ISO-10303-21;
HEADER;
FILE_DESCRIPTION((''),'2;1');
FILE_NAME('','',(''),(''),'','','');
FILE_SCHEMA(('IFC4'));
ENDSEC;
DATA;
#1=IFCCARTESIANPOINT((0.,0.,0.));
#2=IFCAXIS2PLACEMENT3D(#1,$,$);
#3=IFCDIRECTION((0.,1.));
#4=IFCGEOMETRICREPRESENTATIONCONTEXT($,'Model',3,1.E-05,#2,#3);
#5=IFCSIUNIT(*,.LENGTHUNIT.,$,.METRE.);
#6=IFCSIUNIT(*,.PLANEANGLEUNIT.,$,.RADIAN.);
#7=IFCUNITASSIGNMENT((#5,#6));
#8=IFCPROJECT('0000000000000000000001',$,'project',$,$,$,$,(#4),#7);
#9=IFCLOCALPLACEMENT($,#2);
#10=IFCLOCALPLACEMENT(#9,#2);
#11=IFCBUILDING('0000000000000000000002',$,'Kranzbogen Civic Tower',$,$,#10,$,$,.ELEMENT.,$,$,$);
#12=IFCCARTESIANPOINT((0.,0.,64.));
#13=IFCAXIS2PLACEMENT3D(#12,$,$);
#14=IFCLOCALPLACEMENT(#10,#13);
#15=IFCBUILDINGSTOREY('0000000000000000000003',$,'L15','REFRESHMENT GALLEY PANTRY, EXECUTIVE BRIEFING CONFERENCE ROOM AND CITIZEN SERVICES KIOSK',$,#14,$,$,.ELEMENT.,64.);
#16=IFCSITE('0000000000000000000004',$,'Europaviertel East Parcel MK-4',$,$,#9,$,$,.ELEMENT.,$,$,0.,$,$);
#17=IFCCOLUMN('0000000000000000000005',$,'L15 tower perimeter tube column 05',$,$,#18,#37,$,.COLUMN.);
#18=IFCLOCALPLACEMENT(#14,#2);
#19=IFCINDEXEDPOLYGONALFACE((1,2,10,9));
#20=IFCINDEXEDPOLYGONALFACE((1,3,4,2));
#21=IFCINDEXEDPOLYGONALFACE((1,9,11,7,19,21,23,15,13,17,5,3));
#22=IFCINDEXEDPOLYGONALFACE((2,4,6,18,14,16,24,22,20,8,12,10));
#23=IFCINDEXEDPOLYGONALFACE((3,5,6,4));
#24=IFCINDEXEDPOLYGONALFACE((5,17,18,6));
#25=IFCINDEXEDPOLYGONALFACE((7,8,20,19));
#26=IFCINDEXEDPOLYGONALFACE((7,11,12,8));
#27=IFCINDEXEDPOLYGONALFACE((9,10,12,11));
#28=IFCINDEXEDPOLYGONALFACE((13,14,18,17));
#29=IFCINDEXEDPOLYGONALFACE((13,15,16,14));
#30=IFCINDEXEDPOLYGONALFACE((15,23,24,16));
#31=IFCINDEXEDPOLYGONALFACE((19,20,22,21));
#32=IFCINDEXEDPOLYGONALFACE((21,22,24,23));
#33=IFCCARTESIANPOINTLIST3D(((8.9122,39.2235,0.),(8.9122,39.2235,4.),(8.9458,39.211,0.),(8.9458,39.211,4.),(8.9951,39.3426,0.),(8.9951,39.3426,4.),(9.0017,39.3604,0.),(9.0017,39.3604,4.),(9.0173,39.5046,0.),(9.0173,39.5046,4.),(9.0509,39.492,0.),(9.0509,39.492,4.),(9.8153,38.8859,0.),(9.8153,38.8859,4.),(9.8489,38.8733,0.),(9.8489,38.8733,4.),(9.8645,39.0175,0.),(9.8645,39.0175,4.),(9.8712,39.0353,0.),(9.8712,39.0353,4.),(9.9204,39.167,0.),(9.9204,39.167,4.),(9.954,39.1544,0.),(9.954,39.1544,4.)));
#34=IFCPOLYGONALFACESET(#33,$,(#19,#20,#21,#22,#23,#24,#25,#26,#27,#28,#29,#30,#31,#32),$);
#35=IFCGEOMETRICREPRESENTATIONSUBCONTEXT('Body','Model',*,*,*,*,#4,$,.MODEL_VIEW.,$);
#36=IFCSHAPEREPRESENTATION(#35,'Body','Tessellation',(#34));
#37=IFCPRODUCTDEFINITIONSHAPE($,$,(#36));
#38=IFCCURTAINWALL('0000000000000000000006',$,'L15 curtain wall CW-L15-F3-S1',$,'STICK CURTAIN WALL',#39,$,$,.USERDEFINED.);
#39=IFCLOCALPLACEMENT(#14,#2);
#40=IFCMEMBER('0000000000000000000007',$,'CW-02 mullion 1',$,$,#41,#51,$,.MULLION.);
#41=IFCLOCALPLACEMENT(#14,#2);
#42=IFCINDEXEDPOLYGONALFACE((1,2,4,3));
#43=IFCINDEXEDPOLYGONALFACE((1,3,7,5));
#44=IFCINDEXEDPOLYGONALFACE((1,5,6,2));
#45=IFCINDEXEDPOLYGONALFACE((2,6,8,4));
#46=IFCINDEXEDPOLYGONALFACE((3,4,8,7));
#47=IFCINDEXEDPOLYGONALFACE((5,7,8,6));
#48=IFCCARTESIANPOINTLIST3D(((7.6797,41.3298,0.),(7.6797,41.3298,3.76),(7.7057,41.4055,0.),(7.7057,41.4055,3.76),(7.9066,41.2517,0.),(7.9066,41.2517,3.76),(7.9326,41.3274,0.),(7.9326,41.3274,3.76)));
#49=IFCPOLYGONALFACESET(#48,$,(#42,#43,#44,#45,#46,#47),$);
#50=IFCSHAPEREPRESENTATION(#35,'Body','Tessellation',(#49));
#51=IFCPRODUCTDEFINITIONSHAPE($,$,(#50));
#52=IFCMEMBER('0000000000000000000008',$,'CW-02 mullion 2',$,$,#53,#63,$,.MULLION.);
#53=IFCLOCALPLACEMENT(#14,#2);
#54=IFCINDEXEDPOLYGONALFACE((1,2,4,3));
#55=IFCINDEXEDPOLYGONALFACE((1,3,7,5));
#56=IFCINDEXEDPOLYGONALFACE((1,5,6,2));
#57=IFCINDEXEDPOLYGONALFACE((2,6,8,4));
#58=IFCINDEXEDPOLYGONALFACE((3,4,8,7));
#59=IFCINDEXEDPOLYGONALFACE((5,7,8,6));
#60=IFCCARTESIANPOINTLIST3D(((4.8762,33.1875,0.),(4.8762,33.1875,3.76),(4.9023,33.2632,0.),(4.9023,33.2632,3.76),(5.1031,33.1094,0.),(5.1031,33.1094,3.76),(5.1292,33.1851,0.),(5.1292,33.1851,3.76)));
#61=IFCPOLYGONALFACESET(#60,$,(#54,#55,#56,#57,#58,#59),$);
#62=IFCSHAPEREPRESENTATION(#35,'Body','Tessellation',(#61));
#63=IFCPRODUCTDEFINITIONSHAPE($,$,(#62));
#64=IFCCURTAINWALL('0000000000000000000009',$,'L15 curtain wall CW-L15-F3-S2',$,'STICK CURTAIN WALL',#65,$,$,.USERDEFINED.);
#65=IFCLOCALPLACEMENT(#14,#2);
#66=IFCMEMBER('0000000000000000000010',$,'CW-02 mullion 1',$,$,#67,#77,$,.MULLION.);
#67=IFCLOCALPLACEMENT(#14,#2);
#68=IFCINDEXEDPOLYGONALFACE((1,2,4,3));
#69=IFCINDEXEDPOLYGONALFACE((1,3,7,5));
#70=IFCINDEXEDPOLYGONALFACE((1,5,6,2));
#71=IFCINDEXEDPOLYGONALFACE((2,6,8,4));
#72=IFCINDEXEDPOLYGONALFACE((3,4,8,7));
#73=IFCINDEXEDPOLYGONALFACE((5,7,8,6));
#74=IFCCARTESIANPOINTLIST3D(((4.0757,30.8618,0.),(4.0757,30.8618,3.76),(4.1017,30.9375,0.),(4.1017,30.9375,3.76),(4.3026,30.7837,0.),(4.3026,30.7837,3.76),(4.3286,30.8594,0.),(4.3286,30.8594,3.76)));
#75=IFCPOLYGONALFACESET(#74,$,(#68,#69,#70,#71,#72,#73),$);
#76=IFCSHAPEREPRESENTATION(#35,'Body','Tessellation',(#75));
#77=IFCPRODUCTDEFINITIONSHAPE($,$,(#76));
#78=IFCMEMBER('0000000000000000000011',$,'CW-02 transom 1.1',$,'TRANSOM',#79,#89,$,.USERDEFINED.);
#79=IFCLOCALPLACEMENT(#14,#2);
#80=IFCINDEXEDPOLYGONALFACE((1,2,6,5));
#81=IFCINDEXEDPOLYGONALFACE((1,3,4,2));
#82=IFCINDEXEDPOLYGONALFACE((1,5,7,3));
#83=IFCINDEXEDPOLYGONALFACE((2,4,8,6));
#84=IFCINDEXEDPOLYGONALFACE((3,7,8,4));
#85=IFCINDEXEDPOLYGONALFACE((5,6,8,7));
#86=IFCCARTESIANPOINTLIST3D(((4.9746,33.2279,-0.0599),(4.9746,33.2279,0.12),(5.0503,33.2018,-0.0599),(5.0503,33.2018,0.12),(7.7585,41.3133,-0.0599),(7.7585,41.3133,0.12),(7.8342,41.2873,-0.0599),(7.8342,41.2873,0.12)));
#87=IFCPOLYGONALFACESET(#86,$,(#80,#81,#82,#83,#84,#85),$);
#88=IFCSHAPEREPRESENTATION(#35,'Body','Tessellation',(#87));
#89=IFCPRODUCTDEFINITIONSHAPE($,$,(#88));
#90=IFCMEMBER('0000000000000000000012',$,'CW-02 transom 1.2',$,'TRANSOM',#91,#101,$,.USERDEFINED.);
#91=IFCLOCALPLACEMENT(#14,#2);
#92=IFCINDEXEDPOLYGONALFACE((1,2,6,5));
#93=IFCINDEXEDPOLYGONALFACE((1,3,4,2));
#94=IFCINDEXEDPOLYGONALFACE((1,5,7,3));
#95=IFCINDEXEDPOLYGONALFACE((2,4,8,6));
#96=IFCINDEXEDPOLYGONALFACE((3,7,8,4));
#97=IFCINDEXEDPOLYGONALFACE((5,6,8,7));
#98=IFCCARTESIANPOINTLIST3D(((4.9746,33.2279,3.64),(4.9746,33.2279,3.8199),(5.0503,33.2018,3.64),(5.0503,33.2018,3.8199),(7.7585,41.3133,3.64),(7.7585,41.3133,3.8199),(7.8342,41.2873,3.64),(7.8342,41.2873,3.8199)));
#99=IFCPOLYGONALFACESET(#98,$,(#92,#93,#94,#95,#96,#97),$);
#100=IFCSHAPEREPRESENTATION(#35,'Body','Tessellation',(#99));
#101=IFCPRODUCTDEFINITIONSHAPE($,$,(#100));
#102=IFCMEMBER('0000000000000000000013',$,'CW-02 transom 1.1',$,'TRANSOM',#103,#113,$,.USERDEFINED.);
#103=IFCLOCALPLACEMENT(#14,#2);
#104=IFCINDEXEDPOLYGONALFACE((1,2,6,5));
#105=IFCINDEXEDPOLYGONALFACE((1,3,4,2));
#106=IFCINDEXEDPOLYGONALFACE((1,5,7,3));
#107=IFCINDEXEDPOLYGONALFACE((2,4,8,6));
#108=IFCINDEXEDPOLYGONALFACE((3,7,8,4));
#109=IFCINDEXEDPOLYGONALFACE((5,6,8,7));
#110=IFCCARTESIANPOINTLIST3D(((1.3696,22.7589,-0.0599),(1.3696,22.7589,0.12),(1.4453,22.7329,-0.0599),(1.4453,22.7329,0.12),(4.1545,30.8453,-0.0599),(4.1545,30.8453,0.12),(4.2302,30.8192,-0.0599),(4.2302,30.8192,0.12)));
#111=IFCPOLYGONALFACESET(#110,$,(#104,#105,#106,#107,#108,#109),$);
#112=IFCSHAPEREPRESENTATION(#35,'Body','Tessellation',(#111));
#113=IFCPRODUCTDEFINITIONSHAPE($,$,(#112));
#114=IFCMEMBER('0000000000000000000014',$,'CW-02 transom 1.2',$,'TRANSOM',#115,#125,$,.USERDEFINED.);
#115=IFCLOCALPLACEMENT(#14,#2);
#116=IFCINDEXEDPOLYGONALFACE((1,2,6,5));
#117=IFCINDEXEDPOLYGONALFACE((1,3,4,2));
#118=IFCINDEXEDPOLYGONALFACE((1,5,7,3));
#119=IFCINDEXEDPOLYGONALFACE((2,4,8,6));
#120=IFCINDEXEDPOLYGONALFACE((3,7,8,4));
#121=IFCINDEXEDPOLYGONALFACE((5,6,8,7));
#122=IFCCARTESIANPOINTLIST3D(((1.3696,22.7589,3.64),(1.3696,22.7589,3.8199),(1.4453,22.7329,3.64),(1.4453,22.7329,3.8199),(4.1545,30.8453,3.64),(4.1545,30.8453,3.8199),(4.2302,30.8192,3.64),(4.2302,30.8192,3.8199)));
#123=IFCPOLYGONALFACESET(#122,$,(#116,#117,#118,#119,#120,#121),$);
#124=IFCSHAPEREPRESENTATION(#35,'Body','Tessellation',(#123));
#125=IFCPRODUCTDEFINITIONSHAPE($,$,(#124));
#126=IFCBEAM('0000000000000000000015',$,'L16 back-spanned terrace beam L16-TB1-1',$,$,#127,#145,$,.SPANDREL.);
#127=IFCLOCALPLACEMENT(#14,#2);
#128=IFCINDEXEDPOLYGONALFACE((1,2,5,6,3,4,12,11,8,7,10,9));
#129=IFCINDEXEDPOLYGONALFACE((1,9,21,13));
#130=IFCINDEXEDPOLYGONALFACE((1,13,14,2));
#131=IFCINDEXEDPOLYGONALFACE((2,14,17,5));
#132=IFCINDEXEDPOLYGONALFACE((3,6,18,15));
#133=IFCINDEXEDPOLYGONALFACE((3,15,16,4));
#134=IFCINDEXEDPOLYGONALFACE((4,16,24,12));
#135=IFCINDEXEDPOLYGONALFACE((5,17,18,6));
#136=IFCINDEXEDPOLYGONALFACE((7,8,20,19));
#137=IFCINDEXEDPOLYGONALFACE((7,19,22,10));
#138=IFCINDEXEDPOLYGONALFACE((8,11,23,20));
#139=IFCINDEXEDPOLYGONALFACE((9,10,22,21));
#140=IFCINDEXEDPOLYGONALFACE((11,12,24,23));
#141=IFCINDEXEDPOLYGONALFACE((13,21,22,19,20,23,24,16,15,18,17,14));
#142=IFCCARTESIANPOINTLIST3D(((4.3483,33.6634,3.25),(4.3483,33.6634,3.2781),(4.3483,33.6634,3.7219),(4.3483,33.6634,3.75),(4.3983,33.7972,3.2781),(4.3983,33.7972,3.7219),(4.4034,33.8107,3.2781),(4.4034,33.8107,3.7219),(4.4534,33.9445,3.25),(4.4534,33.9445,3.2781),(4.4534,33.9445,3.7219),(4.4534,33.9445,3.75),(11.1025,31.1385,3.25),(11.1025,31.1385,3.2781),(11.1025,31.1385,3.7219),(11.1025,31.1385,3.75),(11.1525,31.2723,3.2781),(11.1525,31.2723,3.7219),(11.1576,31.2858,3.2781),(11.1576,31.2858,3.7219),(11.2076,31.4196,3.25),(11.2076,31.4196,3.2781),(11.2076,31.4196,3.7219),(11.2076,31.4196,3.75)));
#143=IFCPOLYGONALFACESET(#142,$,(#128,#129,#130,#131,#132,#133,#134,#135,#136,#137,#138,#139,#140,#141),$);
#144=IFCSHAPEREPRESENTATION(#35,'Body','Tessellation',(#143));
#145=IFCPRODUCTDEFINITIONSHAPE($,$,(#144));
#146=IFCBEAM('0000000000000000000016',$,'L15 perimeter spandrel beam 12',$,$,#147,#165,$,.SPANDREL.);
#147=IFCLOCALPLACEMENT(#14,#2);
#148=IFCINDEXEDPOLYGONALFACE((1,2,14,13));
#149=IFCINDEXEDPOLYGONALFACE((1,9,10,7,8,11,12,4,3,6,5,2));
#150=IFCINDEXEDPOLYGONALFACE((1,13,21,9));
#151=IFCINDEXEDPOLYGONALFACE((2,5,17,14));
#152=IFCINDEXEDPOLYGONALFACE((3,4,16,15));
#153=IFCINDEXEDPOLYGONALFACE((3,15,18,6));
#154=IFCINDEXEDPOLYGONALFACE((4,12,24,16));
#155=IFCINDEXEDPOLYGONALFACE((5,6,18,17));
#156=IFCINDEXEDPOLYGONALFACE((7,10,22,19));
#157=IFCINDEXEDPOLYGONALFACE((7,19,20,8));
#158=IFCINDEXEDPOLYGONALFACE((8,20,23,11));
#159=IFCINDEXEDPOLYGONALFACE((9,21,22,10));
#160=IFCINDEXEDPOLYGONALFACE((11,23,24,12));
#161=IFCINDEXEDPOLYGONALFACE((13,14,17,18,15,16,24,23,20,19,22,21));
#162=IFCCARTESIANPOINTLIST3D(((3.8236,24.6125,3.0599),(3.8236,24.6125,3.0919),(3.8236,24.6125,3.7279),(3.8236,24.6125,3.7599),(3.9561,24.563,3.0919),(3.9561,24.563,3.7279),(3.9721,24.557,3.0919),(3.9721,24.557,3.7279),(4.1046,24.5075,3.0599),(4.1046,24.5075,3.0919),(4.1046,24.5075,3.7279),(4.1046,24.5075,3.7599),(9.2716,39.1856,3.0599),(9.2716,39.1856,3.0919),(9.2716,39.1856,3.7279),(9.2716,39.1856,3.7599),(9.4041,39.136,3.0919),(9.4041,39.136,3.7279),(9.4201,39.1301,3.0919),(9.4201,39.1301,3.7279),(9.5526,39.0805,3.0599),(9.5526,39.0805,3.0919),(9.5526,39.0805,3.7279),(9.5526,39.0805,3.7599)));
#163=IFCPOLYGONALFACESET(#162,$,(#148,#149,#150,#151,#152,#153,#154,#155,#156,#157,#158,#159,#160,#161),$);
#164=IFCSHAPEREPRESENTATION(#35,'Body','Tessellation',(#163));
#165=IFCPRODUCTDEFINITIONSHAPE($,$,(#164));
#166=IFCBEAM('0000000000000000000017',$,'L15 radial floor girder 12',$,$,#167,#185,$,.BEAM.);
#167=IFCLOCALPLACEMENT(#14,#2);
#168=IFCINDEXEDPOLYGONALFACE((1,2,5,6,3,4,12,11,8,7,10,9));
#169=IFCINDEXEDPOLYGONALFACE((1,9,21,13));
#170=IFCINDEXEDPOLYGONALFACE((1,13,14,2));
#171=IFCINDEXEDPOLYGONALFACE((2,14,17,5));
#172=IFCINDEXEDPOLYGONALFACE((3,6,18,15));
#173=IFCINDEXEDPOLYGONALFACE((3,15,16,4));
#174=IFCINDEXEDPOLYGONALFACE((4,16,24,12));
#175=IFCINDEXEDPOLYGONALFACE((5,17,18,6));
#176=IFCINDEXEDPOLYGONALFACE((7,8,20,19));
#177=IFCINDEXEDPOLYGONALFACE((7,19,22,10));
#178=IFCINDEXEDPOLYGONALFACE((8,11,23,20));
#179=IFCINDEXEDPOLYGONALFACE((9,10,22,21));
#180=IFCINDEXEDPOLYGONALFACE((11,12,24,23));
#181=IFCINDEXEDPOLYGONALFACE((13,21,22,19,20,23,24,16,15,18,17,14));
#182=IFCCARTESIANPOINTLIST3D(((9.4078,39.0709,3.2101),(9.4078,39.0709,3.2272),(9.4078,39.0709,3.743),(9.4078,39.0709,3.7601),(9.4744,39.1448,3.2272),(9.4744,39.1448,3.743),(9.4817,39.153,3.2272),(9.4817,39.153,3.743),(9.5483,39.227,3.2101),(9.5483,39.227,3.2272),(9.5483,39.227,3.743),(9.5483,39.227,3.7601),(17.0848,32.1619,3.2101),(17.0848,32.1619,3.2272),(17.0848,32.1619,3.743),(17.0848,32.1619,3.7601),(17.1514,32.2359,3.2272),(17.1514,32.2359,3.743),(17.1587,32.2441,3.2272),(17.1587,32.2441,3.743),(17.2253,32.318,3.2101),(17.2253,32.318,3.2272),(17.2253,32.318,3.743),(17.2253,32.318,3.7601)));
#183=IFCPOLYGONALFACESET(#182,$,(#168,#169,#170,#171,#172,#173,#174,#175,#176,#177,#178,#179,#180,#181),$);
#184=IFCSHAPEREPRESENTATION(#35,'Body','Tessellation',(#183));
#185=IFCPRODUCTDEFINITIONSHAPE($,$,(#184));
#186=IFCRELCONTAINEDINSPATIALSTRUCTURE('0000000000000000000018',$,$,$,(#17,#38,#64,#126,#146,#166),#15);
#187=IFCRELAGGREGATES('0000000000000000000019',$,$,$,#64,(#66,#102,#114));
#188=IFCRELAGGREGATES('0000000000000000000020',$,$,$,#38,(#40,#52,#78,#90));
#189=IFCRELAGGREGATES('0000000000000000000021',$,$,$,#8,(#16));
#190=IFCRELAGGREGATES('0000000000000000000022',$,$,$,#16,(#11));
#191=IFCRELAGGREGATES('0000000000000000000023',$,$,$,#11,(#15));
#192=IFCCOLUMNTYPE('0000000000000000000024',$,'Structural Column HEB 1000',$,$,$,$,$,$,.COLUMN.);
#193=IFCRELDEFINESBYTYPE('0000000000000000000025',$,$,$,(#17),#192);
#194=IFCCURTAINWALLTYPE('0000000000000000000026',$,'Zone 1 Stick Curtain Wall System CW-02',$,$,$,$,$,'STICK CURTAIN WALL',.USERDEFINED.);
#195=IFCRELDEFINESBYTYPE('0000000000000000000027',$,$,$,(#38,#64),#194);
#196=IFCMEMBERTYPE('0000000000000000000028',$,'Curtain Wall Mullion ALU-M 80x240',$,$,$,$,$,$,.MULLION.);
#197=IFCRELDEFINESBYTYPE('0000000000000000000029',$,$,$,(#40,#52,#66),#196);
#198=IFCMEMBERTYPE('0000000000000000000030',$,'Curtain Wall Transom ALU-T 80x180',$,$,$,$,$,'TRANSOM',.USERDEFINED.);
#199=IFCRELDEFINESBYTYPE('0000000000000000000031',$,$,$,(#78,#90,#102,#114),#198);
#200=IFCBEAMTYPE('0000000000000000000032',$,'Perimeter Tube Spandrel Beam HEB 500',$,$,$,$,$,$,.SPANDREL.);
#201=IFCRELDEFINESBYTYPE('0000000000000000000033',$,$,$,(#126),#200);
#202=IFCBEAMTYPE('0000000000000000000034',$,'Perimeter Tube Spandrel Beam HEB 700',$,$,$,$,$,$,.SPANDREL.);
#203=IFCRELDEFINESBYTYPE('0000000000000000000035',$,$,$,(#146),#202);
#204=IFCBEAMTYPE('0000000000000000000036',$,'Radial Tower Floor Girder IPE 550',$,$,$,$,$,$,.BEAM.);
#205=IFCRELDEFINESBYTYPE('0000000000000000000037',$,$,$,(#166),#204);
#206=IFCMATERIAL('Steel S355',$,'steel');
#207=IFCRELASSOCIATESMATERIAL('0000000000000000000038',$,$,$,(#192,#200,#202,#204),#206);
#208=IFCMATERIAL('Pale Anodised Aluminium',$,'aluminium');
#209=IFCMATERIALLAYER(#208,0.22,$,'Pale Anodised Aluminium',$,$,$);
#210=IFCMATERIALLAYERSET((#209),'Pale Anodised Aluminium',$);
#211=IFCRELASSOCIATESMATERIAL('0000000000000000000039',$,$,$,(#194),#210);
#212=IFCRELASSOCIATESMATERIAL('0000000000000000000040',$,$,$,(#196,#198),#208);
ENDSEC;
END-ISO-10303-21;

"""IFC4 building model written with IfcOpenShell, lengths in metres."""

from ifc_helpers import new_model, si_unit, direction, frame, origin, origin_2d, place, context, subcontext, project, spatial, rectangle, i_section, extrude, material, layer, layer_set, material_profile, profile_set, type_object, element, aggregate, save


model = new_model("IFC4")

# Units and contexts
model_context = context("Model", 3, precision=1e-05, world=origin(), true_north=direction((0.0, 1.0)))
body_context = subcontext(model_context, "Body", "Model", "MODEL_VIEW")
ifc_project = project(units=[si_unit("LENGTHUNIT", "METRE"), si_unit("PLANEANGLEUNIT", "RADIAN")], contexts=[model_context])

# Site, building, storey
site_placement = place(None, origin())
site = spatial("IfcSite", under=ifc_project, at=site_placement, Name="Europaviertel East Parcel MK-4", CompositionType="ELEMENT", RefElevation=0.0)
building_placement = place(site_placement, origin())
building = spatial("IfcBuilding", under=site, at=building_placement, Name="Kranzbogen Civic Tower", CompositionType="ELEMENT")
storey_placement = place(building_placement, frame((0.0, 0.0, 64.0)))
storey = spatial("IfcBuildingStorey", under=building, at=storey_placement, Name="L15", Description="REFRESHMENT GALLEY PANTRY, EXECUTIVE BRIEFING CONFERENCE ROOM AND CITIZEN SERVICES KIOSK", CompositionType="ELEMENT", Elevation=64.0)

# Column
ifc_material_1 = material(Name="Steel S355", Category="steel")
ifc_material_profile_1 = material_profile(ifc_material_1, i_section(OverallWidth=0.3, OverallDepth=1.0, WebThickness=0.019, FlangeThickness=0.0359, at=origin_2d()), Name="HEB 1000")
ifc_profile_set_1 = profile_set([ifc_material_profile_1], Name="Steel S355")
column_type = type_object("IfcColumnType", Name="Structural Column HEB 1000", PredefinedType="COLUMN", material=ifc_profile_set_1)
column_placement = place(storey_placement, frame((9.4331, 39.189, 0.0), z_axis=(0.0, 0.0, 1.0), x_axis=(0.350207, 0.936672, 0.0)))
element("IfcColumn", 1, at=column_placement, inside=storey, type_object=column_type, Name="L15 tower perimeter tube column 05", PredefinedType="COLUMN", context=body_context, shape_type="SweptSolid", body=[
    extrude(i_section(OverallWidth=0.3, OverallDepth=1.0, WebThickness=0.019, FlangeThickness=0.0359, at=origin_2d()), origin(), (0.0, 0.0, 1.0), 4.0),
])

# Curtain wall, members
ifc_material_2 = material(Name="Pale Anodised Aluminium", Category="aluminium")
ifc_layer_1 = layer(ifc_material_2, 0.22, Name="Pale Anodised Aluminium")
ifc_layer_set_1 = layer_set([ifc_layer_1], Name="Pale Anodised Aluminium")
curtain_wall_type = type_object("IfcCurtainWallType", Name="Zone 1 Stick Curtain Wall System CW-02", ElementType="STICK CURTAIN WALL", PredefinedType="USERDEFINED", material=ifc_layer_set_1)
curtain_wall_1_placement = place(storey_placement, origin())
curtain_wall_1 = element("IfcCurtainWall", 2, at=curtain_wall_1_placement, inside=storey, type_object=curtain_wall_type, Name="L15 curtain wall CW-L15-F3-S1", ObjectType="STICK CURTAIN WALL", PredefinedType="USERDEFINED")
ifc_material_profile_2 = material_profile(ifc_material_2, rectangle(XDim=0.0801, YDim=0.24, at=origin_2d()), Name="ALU-M 80x240")
ifc_profile_set_2 = profile_set([ifc_material_profile_2], Name="Pale Anodised Aluminium")
member_type_1 = type_object("IfcMemberType", Name="Curtain Wall Mullion ALU-M 80x240", PredefinedType="MULLION", material=ifc_profile_set_2)
member_1_placement = place(storey_placement, frame((7.8062, 41.3286, 0.0), z_axis=(0.0, 0.0, 1.0), x_axis=(-0.325554, -0.945524, 0.0)))
member_1 = element("IfcMember", 3, at=member_1_placement, type_object=member_type_1, Name="CW-02 mullion 1", PredefinedType="MULLION", context=body_context, shape_type="SweptSolid", body=[
    extrude(rectangle(XDim=0.0801, YDim=0.24, at=origin_2d()), origin(), (0.0, 0.0, 1.0), 3.76),
])
member_2_placement = place(storey_placement, frame((5.0027, 33.1863, 0.0), z_axis=(0.0, 0.0, 1.0), x_axis=(-0.325554, -0.945524, 0.0)))
member_2 = element("IfcMember", 4, at=member_2_placement, type_object=member_type_1, Name="CW-02 mullion 2", PredefinedType="MULLION", context=body_context, shape_type="SweptSolid", body=[
    extrude(rectangle(XDim=0.0801, YDim=0.24, at=origin_2d()), origin(), (0.0, 0.0, 1.0), 3.76),
])

# Curtain wall, member
curtain_wall_2_placement = place(storey_placement, origin())
curtain_wall_2 = element("IfcCurtainWall", 5, at=curtain_wall_2_placement, inside=storey, type_object=curtain_wall_type, Name="L15 curtain wall CW-L15-F3-S2", ObjectType="STICK CURTAIN WALL", PredefinedType="USERDEFINED")
member_3_placement = place(storey_placement, frame((4.2021, 30.8606, 0.0), z_axis=(0.0, 0.0, 1.0), x_axis=(-0.325621, -0.9455, 0.0)))
member_3 = element("IfcMember", 6, at=member_3_placement, type_object=member_type_1, Name="CW-02 mullion 1", PredefinedType="MULLION", context=body_context, shape_type="SweptSolid", body=[
    extrude(rectangle(XDim=0.0801, YDim=0.24, at=origin_2d()), origin(), (0.0, 0.0, 1.0), 3.76),
])

# Members
ifc_material_profile_3 = material_profile(ifc_material_2, rectangle(XDim=0.0801, YDim=0.1799, at=origin_2d()), Name="ALU-T 80x180")
ifc_profile_set_3 = profile_set([ifc_material_profile_3], Name="Pale Anodised Aluminium")
member_type_2 = type_object("IfcMemberType", Name="Curtain Wall Transom ALU-T 80x180", ElementType="TRANSOM", PredefinedType="USERDEFINED", material=ifc_profile_set_3)
member_4_placement = place(storey_placement, frame((7.7964, 41.3003, 0.03), z_axis=(-0.325557, -0.945522, 0.0), x_axis=(0.945522, -0.325557, 0.0)))
member_4 = element("IfcMember", 7, at=member_4_placement, type_object=member_type_2, Name="CW-02 transom 1.1", ObjectType="TRANSOM", PredefinedType="USERDEFINED", context=body_context, shape_type="SweptSolid", body=[
    extrude(rectangle(XDim=0.0801, YDim=0.1799, at=origin_2d()), origin(), (0.0, 0.0, 1.0), 8.5513),
])
member_5_placement = place(storey_placement, frame((7.7964, 41.3003, 3.73), z_axis=(-0.325557, -0.945522, 0.0), x_axis=(0.945522, -0.325557, 0.0)))
member_5 = element("IfcMember", 8, at=member_5_placement, type_object=member_type_2, Name="CW-02 transom 1.2", ObjectType="TRANSOM", PredefinedType="USERDEFINED", context=body_context, shape_type="SweptSolid", body=[
    extrude(rectangle(XDim=0.0801, YDim=0.1799, at=origin_2d()), origin(), (0.0, 0.0, 1.0), 8.5513),
])
member_6_placement = place(storey_placement, frame((4.1924, 30.8323, 0.03), z_axis=(-0.325624, -0.945499, 0.0), x_axis=(0.945499, -0.325624, 0.0)))
member_6 = element("IfcMember", 9, at=member_6_placement, type_object=member_type_2, Name="CW-02 transom 1.1", ObjectType="TRANSOM", PredefinedType="USERDEFINED", context=body_context, shape_type="SweptSolid", body=[
    extrude(rectangle(XDim=0.0801, YDim=0.1799, at=origin_2d()), origin(), (0.0, 0.0, 1.0), 8.5525),
])
member_7_placement = place(storey_placement, frame((4.1924, 30.8323, 3.73), z_axis=(-0.325624, -0.945499, 0.0), x_axis=(0.945499, -0.325624, 0.0)))
member_7 = element("IfcMember", 10, at=member_7_placement, type_object=member_type_2, Name="CW-02 transom 1.2", ObjectType="TRANSOM", PredefinedType="USERDEFINED", context=body_context, shape_type="SweptSolid", body=[
    extrude(rectangle(XDim=0.0801, YDim=0.1799, at=origin_2d()), origin(), (0.0, 0.0, 1.0), 8.5525),
])
aggregate(curtain_wall_2, [member_3, member_6, member_7])

# Beams
ifc_material_profile_4 = material_profile(ifc_material_1, i_section(OverallWidth=0.3, OverallDepth=0.5, WebThickness=0.0144, FlangeThickness=0.0281, at=origin_2d()), Name="HEB 500")
ifc_profile_set_4 = profile_set([ifc_material_profile_4], Name="Steel S355")
beam_type_1 = type_object("IfcBeamType", Name="Perimeter Tube Spandrel Beam HEB 500", PredefinedType="SPANDREL", material=ifc_profile_set_4)
beam_1_placement = place(storey_placement, frame((11.155, 31.2791, 3.5), z_axis=(-0.936689, 0.350162, 0.0), x_axis=(-0.350162, -0.936689, 0.0)))
element("IfcBeam", 11, at=beam_1_placement, inside=storey, type_object=beam_type_1, Name="L16 back-spanned terrace beam L16-TB1-1", PredefinedType="SPANDREL", context=body_context, shape_type="SweptSolid", body=[
    extrude(i_section(OverallWidth=0.3, OverallDepth=0.5, WebThickness=0.0144, FlangeThickness=0.0281, at=origin_2d()), origin(), (0.0, 0.0, 1.0), 7.2107),
])
ifc_material_profile_5 = material_profile(ifc_material_1, i_section(OverallWidth=0.3, OverallDepth=0.7, WebThickness=0.0171, FlangeThickness=0.032, at=origin_2d()), Name="HEB 700")
ifc_profile_set_5 = profile_set([ifc_material_profile_5], Name="Steel S355")
beam_type_2 = type_object("IfcBeamType", Name="Perimeter Tube Spandrel Beam HEB 700", PredefinedType="SPANDREL", material=ifc_profile_set_5)
beam_2_placement = place(storey_placement, frame((9.4121, 39.1331, 3.4099), z_axis=(-0.350172, -0.936685, 0.0), x_axis=(0.936685, -0.350172, 0.0)))
element("IfcBeam", 12, at=beam_2_placement, inside=storey, type_object=beam_type_2, Name="L15 perimeter spandrel beam 12", PredefinedType="SPANDREL", context=body_context, shape_type="SweptSolid", body=[
    extrude(i_section(OverallWidth=0.3, OverallDepth=0.7, WebThickness=0.0171, FlangeThickness=0.032, at=origin_2d()), origin(), (0.0, 0.0, 1.0), 15.5581),
])
ifc_material_profile_6 = material_profile(ifc_material_1, i_section(OverallWidth=0.21, OverallDepth=0.55, WebThickness=0.011, FlangeThickness=0.0171, at=origin_2d()), Name="IPE 550")
ifc_profile_set_6 = profile_set([ifc_material_profile_6], Name="Steel S355")
beam_type_3 = type_object("IfcBeamType", Name="Radial Tower Floor Girder IPE 550", PredefinedType="BEAM", material=ifc_profile_set_6)
beam_3_placement = place(storey_placement, frame((9.478, 39.1489, 3.4851), z_axis=(0.743312, -0.668945, 0.0), x_axis=(0.668945, 0.743312, 0.0)))
element("IfcBeam", 13, at=beam_3_placement, inside=storey, type_object=beam_type_3, Name="L15 radial floor girder 12", PredefinedType="BEAM", context=body_context, shape_type="SweptSolid", body=[
    extrude(i_section(OverallWidth=0.21, OverallDepth=0.55, WebThickness=0.011, FlangeThickness=0.0171, at=origin_2d()), origin(), (0.0, 0.0, 1.0), 10.3281),
])

aggregate(curtain_wall_1, [member_1, member_2, member_4, member_5])

save(model, "model.ifc")
